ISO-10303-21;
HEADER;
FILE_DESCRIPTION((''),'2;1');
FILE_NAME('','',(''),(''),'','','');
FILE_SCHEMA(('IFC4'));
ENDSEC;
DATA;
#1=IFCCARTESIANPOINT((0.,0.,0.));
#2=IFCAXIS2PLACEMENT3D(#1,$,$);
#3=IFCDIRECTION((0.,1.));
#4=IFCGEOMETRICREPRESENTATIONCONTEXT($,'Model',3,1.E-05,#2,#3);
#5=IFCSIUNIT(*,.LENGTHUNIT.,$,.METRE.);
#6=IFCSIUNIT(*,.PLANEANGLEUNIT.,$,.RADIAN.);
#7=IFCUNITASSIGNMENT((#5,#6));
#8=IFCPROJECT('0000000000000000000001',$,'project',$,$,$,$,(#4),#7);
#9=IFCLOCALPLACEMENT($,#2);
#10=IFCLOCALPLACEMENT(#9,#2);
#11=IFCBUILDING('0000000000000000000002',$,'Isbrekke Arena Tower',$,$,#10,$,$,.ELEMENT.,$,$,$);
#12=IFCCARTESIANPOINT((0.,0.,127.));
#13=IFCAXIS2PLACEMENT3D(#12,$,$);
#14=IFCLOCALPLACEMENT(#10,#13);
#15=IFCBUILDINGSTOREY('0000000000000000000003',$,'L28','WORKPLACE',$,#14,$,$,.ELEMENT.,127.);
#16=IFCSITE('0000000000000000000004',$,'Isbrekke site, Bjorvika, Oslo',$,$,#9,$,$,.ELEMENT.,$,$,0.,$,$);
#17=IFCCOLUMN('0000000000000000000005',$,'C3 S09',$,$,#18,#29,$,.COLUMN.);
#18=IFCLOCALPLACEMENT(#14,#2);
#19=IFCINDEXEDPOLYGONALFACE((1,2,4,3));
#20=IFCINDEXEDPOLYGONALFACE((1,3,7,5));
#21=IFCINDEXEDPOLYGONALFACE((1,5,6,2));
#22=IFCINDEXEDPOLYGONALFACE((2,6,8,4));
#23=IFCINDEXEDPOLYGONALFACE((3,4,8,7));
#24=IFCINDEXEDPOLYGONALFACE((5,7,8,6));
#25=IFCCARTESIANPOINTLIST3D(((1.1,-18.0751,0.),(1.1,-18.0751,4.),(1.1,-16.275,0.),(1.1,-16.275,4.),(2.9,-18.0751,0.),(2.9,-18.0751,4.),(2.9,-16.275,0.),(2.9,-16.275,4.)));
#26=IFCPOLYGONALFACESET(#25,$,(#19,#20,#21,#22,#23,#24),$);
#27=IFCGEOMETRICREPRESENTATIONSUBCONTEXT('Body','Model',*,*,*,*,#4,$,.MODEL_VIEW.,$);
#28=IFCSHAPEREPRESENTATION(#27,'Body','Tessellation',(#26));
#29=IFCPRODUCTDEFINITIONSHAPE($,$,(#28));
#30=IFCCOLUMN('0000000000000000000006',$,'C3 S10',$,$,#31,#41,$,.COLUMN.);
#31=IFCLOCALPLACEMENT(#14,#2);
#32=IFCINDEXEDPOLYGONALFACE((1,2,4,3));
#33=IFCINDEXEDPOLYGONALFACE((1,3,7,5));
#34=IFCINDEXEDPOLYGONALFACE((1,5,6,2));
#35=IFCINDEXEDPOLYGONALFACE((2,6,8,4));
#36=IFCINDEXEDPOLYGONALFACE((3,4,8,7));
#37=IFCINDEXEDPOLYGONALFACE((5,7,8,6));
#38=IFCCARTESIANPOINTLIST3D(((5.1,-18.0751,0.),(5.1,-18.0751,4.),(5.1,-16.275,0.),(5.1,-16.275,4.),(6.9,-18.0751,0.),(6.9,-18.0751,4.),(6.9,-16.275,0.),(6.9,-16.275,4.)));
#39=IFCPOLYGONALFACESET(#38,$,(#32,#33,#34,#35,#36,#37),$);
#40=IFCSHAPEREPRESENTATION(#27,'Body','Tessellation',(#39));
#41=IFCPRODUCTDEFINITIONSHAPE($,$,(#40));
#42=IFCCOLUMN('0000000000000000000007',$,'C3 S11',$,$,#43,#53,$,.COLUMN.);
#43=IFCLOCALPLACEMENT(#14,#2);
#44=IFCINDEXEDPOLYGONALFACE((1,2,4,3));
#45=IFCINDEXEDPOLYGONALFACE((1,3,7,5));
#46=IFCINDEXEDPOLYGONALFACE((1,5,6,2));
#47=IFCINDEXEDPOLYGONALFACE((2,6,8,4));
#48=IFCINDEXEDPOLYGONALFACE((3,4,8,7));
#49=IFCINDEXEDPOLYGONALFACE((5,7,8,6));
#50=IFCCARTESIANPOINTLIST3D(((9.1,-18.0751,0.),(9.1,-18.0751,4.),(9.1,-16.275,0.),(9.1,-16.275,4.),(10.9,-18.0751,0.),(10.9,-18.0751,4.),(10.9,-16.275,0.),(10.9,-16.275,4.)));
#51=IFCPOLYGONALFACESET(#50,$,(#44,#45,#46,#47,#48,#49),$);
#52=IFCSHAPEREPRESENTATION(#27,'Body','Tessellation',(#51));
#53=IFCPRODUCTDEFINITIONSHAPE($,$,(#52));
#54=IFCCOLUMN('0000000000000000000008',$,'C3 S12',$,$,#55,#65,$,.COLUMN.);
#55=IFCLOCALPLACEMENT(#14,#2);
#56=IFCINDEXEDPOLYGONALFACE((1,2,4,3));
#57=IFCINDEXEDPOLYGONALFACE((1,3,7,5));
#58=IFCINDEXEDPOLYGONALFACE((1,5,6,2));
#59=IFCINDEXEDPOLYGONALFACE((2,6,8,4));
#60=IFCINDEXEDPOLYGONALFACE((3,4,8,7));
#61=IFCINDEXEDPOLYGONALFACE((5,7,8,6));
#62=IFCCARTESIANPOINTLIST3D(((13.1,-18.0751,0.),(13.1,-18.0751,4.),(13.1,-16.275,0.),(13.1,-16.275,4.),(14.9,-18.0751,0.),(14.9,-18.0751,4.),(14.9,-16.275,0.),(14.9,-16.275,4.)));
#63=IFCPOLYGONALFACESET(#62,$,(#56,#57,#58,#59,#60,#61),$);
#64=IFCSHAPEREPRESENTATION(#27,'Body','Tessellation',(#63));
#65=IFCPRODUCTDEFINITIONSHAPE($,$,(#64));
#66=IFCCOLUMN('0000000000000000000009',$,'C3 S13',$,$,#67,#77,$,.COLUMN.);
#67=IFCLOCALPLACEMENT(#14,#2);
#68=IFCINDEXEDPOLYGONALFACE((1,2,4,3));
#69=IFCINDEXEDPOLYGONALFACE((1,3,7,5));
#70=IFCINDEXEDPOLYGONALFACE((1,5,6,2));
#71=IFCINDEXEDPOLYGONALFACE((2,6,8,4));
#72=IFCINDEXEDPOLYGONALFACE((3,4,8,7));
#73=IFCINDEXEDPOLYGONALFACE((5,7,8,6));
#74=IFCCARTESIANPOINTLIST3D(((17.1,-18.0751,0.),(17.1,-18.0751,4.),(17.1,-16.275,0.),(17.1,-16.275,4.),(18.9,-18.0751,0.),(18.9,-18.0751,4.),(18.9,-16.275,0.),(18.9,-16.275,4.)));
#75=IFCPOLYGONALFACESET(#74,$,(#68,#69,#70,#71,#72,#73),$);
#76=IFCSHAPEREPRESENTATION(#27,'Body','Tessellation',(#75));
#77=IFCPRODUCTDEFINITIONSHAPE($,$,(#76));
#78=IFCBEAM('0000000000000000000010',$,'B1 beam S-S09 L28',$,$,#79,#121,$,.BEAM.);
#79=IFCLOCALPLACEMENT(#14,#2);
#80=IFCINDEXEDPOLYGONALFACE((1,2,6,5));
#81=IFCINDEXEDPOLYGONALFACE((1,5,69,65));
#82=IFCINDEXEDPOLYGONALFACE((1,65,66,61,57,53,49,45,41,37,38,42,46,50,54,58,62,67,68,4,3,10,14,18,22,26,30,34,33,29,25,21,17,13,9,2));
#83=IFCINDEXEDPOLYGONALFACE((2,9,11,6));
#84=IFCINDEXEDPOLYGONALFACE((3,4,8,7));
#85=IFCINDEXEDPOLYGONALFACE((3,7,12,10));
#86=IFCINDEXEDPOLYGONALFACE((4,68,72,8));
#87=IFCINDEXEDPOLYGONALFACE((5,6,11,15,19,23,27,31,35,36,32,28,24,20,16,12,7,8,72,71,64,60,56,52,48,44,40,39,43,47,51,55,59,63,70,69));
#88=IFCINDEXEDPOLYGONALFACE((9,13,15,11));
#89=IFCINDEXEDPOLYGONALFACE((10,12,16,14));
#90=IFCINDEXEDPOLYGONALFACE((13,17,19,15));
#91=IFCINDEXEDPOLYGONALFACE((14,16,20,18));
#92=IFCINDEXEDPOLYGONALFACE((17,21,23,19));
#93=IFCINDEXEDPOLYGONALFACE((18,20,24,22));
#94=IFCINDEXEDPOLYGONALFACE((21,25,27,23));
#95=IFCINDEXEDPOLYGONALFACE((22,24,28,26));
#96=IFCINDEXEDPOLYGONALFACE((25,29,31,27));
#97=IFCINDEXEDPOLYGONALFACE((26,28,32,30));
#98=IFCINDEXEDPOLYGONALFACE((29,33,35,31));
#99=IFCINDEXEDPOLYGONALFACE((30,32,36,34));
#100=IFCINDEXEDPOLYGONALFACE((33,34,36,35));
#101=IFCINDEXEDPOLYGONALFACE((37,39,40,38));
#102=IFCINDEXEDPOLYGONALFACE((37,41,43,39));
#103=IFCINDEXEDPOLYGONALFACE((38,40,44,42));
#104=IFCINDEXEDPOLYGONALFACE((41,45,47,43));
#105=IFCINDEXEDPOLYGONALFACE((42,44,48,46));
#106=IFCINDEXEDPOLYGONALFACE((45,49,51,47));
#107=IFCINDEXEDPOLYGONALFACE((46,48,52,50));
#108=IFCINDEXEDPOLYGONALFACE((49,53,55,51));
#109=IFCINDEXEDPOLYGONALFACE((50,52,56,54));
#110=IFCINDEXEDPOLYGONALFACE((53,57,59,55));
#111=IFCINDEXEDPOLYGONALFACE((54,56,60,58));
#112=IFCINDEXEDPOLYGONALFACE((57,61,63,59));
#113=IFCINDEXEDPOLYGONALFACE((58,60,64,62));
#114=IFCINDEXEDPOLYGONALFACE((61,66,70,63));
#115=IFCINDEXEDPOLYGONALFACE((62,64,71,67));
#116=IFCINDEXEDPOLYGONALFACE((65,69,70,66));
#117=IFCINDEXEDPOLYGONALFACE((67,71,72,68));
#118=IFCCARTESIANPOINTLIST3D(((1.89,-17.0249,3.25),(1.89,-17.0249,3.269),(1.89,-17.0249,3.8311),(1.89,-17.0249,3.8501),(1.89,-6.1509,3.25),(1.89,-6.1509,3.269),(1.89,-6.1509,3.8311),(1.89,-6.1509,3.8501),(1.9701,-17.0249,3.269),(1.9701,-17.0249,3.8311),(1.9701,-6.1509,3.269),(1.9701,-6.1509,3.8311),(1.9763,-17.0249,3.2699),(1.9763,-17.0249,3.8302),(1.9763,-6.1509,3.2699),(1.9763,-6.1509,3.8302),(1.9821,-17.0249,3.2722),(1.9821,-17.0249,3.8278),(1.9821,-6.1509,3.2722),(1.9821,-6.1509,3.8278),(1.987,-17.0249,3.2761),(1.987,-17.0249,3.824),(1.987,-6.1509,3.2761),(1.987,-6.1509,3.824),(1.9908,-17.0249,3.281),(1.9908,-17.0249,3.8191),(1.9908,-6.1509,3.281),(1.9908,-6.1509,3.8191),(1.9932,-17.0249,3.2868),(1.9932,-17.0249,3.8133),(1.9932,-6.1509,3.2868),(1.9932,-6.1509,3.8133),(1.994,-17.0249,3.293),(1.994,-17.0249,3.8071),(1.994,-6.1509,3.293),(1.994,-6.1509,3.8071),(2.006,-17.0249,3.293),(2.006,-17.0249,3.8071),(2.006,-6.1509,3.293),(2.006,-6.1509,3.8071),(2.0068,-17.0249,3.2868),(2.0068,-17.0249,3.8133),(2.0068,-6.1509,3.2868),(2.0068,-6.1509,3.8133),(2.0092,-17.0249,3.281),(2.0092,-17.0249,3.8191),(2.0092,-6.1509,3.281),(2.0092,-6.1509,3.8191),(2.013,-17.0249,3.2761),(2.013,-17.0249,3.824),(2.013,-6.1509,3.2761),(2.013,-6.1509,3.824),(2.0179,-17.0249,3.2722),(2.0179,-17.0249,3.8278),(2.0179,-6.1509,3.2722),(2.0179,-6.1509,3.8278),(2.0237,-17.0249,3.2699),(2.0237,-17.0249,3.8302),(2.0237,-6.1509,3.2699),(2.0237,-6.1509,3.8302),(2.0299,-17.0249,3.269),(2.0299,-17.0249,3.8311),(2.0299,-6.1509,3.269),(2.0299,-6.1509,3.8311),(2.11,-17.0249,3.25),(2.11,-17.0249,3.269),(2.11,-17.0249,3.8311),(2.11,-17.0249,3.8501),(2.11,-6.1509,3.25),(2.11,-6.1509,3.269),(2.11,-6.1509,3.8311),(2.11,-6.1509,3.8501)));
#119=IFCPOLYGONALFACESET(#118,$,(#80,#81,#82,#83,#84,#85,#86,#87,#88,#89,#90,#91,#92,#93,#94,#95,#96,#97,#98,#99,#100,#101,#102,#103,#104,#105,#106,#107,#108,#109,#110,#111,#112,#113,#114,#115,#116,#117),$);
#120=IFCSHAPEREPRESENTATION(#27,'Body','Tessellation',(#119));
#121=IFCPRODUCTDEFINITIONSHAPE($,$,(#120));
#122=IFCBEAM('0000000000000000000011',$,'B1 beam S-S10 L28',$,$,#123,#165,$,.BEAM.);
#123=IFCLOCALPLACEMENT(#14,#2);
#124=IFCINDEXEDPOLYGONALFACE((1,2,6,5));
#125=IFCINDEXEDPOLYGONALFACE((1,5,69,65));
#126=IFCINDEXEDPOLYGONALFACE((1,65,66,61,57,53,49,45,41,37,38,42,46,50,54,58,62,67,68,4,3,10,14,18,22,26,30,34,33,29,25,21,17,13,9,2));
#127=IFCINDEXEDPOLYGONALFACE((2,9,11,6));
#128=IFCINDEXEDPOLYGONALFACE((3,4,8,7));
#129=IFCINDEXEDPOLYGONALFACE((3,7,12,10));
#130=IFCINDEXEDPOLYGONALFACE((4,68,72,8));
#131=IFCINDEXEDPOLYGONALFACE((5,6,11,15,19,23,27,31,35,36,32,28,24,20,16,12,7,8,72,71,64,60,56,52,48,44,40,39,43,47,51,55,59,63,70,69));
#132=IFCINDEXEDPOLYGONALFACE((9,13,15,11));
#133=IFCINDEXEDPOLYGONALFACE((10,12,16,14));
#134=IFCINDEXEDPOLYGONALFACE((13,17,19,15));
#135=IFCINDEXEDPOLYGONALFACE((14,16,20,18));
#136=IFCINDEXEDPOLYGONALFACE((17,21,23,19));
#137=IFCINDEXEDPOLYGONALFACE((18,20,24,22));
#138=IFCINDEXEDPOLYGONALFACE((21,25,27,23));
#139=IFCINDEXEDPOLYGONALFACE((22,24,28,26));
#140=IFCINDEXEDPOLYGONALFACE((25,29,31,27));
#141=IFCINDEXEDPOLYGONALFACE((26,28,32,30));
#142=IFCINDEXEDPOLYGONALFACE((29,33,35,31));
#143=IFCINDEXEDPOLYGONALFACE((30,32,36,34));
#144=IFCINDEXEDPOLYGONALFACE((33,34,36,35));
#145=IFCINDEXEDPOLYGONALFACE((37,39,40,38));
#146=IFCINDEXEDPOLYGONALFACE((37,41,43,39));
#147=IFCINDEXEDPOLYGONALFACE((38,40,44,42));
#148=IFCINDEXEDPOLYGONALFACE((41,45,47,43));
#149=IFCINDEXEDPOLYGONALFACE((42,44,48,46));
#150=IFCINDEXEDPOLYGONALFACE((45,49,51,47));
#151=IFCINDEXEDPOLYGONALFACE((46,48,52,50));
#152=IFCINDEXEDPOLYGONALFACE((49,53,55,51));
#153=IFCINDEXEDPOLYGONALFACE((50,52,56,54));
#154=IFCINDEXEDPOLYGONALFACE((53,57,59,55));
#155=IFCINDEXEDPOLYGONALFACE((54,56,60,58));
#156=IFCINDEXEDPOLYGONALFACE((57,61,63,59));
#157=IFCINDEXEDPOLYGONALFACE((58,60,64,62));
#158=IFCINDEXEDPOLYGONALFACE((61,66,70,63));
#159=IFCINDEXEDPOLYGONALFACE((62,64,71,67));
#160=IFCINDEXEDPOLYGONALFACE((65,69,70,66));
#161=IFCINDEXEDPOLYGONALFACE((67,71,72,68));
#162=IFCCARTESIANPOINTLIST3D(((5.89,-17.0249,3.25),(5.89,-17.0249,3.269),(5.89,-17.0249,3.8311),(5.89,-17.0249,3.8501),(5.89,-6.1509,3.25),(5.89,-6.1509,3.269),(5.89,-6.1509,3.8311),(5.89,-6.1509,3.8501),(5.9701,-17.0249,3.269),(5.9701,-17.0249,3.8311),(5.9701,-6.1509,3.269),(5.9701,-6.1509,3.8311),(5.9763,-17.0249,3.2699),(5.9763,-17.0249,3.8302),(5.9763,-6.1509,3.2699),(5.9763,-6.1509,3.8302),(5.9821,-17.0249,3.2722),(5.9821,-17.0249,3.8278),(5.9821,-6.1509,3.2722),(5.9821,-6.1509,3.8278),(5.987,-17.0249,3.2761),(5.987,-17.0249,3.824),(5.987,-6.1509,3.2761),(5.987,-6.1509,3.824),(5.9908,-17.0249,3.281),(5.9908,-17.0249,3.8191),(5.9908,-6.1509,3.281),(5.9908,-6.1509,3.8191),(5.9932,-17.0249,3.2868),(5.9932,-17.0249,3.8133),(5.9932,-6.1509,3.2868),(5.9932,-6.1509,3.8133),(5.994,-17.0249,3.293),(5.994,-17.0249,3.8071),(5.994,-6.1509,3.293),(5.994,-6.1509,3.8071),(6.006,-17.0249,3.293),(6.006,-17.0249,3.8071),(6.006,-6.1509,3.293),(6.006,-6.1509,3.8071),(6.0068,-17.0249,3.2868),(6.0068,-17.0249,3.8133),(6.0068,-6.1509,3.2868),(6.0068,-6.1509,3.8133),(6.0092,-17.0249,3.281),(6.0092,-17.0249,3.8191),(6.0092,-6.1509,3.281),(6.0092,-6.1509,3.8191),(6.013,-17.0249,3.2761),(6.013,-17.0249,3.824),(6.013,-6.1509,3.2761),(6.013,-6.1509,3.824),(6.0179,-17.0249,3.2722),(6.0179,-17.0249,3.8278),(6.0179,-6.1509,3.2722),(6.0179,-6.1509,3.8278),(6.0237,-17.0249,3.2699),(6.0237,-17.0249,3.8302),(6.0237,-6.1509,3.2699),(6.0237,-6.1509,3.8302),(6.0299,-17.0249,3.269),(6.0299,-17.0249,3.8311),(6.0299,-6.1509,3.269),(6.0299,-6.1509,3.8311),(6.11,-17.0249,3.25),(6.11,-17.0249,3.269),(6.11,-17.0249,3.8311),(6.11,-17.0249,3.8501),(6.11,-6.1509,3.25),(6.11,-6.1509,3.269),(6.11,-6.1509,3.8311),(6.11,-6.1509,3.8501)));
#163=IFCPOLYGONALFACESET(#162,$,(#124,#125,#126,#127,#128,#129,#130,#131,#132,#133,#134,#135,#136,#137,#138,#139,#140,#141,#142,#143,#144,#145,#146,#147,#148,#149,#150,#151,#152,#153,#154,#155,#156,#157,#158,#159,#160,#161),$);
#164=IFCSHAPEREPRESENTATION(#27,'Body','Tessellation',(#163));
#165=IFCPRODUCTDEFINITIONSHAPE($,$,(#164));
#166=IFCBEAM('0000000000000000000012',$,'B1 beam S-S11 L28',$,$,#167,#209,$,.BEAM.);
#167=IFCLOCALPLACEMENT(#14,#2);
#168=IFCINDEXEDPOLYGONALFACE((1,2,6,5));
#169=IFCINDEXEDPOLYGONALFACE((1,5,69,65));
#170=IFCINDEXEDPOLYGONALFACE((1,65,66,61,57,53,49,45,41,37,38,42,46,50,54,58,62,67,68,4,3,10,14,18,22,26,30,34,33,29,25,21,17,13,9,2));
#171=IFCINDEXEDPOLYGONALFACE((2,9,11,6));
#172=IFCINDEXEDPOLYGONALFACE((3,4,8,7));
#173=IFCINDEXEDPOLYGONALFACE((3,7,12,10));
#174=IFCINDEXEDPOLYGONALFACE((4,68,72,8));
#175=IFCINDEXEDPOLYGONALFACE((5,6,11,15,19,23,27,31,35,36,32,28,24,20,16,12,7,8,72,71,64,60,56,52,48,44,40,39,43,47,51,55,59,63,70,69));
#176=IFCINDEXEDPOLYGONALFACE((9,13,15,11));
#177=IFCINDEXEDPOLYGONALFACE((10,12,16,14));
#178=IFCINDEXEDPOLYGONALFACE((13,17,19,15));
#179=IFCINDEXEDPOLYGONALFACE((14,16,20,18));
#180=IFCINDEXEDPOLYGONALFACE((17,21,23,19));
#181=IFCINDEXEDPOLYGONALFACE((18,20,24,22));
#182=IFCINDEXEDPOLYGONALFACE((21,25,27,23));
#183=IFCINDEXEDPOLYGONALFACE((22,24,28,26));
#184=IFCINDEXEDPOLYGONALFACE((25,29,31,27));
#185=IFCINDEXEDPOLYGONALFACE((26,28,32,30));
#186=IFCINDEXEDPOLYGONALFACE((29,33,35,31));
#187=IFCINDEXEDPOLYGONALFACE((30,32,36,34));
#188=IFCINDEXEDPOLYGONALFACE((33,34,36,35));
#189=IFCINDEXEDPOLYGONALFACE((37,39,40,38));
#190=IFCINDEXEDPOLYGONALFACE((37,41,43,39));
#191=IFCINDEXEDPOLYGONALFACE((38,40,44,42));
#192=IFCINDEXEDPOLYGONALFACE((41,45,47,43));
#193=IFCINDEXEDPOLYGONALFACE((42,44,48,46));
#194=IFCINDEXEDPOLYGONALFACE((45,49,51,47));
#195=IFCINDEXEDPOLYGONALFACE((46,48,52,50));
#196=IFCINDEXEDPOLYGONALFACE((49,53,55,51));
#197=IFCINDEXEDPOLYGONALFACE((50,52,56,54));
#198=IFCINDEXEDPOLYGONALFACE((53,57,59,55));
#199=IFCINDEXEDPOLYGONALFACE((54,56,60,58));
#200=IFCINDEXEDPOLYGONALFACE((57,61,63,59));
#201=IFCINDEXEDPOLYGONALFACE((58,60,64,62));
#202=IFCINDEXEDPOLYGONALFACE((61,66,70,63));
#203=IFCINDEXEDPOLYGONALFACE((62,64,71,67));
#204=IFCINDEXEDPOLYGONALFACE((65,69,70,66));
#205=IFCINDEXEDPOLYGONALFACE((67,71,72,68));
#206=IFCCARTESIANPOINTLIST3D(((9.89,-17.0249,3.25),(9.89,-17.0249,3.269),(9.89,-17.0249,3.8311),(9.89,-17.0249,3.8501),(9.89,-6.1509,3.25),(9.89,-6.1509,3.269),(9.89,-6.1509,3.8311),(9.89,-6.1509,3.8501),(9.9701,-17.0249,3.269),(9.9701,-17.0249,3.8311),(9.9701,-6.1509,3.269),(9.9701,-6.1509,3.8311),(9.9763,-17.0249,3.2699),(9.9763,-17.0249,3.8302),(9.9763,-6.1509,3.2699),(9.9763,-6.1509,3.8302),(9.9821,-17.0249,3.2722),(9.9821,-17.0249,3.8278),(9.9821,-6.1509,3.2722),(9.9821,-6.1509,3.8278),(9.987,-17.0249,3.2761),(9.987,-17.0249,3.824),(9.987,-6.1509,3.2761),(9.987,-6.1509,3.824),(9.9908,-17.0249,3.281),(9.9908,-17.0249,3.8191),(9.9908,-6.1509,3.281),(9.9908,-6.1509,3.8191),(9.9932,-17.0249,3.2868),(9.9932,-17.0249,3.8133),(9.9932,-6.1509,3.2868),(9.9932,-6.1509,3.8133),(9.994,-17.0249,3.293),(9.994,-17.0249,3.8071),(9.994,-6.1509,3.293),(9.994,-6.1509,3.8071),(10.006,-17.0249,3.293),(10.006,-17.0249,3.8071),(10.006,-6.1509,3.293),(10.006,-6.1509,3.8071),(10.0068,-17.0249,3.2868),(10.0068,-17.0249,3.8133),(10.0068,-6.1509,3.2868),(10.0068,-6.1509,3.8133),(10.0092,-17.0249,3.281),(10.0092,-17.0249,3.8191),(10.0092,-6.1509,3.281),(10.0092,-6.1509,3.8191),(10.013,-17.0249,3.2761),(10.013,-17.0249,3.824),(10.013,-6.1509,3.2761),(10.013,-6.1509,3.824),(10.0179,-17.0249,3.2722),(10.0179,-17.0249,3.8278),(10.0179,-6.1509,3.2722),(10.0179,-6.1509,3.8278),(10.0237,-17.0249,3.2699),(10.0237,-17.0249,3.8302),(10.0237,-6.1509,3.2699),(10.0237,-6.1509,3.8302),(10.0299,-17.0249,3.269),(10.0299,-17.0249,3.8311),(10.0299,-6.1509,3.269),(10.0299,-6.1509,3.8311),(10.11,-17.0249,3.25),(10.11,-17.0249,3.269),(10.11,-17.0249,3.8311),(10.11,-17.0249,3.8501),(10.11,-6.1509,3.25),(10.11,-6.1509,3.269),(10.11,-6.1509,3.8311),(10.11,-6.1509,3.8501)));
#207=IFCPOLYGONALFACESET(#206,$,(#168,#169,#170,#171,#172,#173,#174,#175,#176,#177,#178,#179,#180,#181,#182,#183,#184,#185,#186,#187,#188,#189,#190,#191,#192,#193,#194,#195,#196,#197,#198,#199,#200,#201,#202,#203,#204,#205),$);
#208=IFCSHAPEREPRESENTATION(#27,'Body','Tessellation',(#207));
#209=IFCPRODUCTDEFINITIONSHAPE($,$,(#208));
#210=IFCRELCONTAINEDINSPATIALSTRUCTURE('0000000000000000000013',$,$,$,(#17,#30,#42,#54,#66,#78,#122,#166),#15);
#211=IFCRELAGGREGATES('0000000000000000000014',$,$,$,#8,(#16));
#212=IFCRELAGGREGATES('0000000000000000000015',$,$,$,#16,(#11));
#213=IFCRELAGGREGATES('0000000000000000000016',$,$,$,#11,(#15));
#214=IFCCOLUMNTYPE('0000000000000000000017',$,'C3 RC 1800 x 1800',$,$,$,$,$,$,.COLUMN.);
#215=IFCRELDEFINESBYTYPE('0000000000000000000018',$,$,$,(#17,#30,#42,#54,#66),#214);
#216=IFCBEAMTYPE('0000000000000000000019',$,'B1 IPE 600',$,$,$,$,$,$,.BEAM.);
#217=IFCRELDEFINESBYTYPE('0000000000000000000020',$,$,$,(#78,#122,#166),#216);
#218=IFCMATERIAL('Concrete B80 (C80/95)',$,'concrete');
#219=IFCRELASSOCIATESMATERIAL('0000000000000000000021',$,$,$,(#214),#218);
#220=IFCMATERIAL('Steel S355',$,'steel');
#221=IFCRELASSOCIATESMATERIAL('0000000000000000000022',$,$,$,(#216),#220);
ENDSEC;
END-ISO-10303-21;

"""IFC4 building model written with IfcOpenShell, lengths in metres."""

from ifc_helpers import new_model, si_unit, direction, frame, origin, origin_2d, place, context, subcontext, project, spatial, rectangle, i_section, extrude, material, material_profile, profile_set, type_object, element, save


model = new_model("IFC4")

# Units and contexts
model_context = context("Model", 3, precision=1e-05, world=origin(), true_north=direction((0.0, 1.0)))
body_context = subcontext(model_context, "Body", "Model", "MODEL_VIEW")
ifc_project = project(units=[si_unit("LENGTHUNIT", "METRE"), si_unit("PLANEANGLEUNIT", "RADIAN")], contexts=[model_context])

# Site, building, storey
site_placement = place(None, origin())
site = spatial("IfcSite", under=ifc_project, at=site_placement, Name="Isbrekke site, Bjorvika, Oslo", CompositionType="ELEMENT", RefElevation=0.0)
building_placement = place(site_placement, origin())
building = spatial("IfcBuilding", under=site, at=building_placement, Name="Isbrekke Arena Tower", CompositionType="ELEMENT")
storey_placement = place(building_placement, frame((0.0, 0.0, 127.0)))
storey = spatial("IfcBuildingStorey", under=building, at=storey_placement, Name="L28", Description="WORKPLACE", CompositionType="ELEMENT", Elevation=127.0)

# Columns
ifc_material_1 = material(Name="Concrete B80 (C80/95)", Category="concrete")
ifc_material_profile_1 = material_profile(ifc_material_1, rectangle(XDim=1.8, YDim=1.8, at=origin_2d()), Name="RC 1800x1800")
ifc_profile_set_1 = profile_set([ifc_material_profile_1], Name="Concrete B80 (C80/95)")
column_type = type_object("IfcColumnType", Name="C3 RC 1800 x 1800", PredefinedType="COLUMN", material=ifc_profile_set_1)
for number, where, z_axis, x_axis, name in (
    (1, (2.0, -17.175, 0.0), (0.0, 0.0, 1.0), (1.0, 0.0, 0.0), "C3 S09"),
    (2, (6.0, -17.175, 0.0), (0.0, 0.0, 1.0), (1.0, 0.0, 0.0), "C3 S10"),
    (3, (10.0, -17.175, 0.0), (0.0, 0.0, 1.0), (1.0, 0.0, 0.0), "C3 S11"),
    (4, (14.0, -17.175, 0.0), (0.0, 0.0, 1.0), (1.0, 0.0, 0.0), "C3 S12"),
    (5, (18.0, -17.175, 0.0), (0.0, 0.0, 1.0), (1.0, 0.0, 0.0), "C3 S13"),
):
    element("IfcColumn", number, at=place(storey_placement, frame(where, z_axis=z_axis, x_axis=x_axis)), inside=storey, type_object=column_type, Name=name, PredefinedType="COLUMN", context=body_context, shape_type="SweptSolid", body=[
        extrude(rectangle(XDim=1.8, YDim=1.8, at=origin_2d()), origin(), (0.0, 0.0, 1.0), 4.0),
    ])

# Beams
ifc_material_2 = material(Name="Steel S355", Category="steel")
ifc_material_profile_2 = material_profile(ifc_material_2, i_section(OverallWidth=0.22, OverallDepth=0.6001, WebThickness=0.012, FlangeThickness=0.019, FilletRadius=0.0239, at=origin_2d()), Name="IPE 600")
ifc_profile_set_2 = profile_set([ifc_material_profile_2], Name="Steel S355")
beam_type_1 = type_object("IfcBeamType", Name="B1 IPE 600", PredefinedType="BEAM", material=ifc_profile_set_2)
for number, where, z_axis, x_axis, name in (
    (6, (2.0, -17.0249, 3.55), (0.0, 1.0, 0.0), (-1.0, 0.0, 0.0), "B1 beam S-S09 L28"),
    (7, (6.0, -17.0249, 3.55), (0.0, 1.0, 0.0), (-1.0, 0.0, 0.0), "B1 beam S-S10 L28"),
    (8, (10.0, -17.0249, 3.55), (0.0, 1.0, 0.0), (-1.0, 0.0, 0.0), "B1 beam S-S11 L28"),
):
    element("IfcBeam", number, at=place(storey_placement, frame(where, z_axis=z_axis, x_axis=x_axis)), inside=storey, type_object=beam_type_1, Name=name, PredefinedType="BEAM", context=body_context, shape_type="SweptSolid", body=[
        extrude(i_section(OverallWidth=0.22, OverallDepth=0.6001, WebThickness=0.012, FlangeThickness=0.019, FilletRadius=0.0239, at=origin_2d()), origin(), (0.0, 0.0, 1.0), 10.874),
    ])

save(model, "model.ifc")
